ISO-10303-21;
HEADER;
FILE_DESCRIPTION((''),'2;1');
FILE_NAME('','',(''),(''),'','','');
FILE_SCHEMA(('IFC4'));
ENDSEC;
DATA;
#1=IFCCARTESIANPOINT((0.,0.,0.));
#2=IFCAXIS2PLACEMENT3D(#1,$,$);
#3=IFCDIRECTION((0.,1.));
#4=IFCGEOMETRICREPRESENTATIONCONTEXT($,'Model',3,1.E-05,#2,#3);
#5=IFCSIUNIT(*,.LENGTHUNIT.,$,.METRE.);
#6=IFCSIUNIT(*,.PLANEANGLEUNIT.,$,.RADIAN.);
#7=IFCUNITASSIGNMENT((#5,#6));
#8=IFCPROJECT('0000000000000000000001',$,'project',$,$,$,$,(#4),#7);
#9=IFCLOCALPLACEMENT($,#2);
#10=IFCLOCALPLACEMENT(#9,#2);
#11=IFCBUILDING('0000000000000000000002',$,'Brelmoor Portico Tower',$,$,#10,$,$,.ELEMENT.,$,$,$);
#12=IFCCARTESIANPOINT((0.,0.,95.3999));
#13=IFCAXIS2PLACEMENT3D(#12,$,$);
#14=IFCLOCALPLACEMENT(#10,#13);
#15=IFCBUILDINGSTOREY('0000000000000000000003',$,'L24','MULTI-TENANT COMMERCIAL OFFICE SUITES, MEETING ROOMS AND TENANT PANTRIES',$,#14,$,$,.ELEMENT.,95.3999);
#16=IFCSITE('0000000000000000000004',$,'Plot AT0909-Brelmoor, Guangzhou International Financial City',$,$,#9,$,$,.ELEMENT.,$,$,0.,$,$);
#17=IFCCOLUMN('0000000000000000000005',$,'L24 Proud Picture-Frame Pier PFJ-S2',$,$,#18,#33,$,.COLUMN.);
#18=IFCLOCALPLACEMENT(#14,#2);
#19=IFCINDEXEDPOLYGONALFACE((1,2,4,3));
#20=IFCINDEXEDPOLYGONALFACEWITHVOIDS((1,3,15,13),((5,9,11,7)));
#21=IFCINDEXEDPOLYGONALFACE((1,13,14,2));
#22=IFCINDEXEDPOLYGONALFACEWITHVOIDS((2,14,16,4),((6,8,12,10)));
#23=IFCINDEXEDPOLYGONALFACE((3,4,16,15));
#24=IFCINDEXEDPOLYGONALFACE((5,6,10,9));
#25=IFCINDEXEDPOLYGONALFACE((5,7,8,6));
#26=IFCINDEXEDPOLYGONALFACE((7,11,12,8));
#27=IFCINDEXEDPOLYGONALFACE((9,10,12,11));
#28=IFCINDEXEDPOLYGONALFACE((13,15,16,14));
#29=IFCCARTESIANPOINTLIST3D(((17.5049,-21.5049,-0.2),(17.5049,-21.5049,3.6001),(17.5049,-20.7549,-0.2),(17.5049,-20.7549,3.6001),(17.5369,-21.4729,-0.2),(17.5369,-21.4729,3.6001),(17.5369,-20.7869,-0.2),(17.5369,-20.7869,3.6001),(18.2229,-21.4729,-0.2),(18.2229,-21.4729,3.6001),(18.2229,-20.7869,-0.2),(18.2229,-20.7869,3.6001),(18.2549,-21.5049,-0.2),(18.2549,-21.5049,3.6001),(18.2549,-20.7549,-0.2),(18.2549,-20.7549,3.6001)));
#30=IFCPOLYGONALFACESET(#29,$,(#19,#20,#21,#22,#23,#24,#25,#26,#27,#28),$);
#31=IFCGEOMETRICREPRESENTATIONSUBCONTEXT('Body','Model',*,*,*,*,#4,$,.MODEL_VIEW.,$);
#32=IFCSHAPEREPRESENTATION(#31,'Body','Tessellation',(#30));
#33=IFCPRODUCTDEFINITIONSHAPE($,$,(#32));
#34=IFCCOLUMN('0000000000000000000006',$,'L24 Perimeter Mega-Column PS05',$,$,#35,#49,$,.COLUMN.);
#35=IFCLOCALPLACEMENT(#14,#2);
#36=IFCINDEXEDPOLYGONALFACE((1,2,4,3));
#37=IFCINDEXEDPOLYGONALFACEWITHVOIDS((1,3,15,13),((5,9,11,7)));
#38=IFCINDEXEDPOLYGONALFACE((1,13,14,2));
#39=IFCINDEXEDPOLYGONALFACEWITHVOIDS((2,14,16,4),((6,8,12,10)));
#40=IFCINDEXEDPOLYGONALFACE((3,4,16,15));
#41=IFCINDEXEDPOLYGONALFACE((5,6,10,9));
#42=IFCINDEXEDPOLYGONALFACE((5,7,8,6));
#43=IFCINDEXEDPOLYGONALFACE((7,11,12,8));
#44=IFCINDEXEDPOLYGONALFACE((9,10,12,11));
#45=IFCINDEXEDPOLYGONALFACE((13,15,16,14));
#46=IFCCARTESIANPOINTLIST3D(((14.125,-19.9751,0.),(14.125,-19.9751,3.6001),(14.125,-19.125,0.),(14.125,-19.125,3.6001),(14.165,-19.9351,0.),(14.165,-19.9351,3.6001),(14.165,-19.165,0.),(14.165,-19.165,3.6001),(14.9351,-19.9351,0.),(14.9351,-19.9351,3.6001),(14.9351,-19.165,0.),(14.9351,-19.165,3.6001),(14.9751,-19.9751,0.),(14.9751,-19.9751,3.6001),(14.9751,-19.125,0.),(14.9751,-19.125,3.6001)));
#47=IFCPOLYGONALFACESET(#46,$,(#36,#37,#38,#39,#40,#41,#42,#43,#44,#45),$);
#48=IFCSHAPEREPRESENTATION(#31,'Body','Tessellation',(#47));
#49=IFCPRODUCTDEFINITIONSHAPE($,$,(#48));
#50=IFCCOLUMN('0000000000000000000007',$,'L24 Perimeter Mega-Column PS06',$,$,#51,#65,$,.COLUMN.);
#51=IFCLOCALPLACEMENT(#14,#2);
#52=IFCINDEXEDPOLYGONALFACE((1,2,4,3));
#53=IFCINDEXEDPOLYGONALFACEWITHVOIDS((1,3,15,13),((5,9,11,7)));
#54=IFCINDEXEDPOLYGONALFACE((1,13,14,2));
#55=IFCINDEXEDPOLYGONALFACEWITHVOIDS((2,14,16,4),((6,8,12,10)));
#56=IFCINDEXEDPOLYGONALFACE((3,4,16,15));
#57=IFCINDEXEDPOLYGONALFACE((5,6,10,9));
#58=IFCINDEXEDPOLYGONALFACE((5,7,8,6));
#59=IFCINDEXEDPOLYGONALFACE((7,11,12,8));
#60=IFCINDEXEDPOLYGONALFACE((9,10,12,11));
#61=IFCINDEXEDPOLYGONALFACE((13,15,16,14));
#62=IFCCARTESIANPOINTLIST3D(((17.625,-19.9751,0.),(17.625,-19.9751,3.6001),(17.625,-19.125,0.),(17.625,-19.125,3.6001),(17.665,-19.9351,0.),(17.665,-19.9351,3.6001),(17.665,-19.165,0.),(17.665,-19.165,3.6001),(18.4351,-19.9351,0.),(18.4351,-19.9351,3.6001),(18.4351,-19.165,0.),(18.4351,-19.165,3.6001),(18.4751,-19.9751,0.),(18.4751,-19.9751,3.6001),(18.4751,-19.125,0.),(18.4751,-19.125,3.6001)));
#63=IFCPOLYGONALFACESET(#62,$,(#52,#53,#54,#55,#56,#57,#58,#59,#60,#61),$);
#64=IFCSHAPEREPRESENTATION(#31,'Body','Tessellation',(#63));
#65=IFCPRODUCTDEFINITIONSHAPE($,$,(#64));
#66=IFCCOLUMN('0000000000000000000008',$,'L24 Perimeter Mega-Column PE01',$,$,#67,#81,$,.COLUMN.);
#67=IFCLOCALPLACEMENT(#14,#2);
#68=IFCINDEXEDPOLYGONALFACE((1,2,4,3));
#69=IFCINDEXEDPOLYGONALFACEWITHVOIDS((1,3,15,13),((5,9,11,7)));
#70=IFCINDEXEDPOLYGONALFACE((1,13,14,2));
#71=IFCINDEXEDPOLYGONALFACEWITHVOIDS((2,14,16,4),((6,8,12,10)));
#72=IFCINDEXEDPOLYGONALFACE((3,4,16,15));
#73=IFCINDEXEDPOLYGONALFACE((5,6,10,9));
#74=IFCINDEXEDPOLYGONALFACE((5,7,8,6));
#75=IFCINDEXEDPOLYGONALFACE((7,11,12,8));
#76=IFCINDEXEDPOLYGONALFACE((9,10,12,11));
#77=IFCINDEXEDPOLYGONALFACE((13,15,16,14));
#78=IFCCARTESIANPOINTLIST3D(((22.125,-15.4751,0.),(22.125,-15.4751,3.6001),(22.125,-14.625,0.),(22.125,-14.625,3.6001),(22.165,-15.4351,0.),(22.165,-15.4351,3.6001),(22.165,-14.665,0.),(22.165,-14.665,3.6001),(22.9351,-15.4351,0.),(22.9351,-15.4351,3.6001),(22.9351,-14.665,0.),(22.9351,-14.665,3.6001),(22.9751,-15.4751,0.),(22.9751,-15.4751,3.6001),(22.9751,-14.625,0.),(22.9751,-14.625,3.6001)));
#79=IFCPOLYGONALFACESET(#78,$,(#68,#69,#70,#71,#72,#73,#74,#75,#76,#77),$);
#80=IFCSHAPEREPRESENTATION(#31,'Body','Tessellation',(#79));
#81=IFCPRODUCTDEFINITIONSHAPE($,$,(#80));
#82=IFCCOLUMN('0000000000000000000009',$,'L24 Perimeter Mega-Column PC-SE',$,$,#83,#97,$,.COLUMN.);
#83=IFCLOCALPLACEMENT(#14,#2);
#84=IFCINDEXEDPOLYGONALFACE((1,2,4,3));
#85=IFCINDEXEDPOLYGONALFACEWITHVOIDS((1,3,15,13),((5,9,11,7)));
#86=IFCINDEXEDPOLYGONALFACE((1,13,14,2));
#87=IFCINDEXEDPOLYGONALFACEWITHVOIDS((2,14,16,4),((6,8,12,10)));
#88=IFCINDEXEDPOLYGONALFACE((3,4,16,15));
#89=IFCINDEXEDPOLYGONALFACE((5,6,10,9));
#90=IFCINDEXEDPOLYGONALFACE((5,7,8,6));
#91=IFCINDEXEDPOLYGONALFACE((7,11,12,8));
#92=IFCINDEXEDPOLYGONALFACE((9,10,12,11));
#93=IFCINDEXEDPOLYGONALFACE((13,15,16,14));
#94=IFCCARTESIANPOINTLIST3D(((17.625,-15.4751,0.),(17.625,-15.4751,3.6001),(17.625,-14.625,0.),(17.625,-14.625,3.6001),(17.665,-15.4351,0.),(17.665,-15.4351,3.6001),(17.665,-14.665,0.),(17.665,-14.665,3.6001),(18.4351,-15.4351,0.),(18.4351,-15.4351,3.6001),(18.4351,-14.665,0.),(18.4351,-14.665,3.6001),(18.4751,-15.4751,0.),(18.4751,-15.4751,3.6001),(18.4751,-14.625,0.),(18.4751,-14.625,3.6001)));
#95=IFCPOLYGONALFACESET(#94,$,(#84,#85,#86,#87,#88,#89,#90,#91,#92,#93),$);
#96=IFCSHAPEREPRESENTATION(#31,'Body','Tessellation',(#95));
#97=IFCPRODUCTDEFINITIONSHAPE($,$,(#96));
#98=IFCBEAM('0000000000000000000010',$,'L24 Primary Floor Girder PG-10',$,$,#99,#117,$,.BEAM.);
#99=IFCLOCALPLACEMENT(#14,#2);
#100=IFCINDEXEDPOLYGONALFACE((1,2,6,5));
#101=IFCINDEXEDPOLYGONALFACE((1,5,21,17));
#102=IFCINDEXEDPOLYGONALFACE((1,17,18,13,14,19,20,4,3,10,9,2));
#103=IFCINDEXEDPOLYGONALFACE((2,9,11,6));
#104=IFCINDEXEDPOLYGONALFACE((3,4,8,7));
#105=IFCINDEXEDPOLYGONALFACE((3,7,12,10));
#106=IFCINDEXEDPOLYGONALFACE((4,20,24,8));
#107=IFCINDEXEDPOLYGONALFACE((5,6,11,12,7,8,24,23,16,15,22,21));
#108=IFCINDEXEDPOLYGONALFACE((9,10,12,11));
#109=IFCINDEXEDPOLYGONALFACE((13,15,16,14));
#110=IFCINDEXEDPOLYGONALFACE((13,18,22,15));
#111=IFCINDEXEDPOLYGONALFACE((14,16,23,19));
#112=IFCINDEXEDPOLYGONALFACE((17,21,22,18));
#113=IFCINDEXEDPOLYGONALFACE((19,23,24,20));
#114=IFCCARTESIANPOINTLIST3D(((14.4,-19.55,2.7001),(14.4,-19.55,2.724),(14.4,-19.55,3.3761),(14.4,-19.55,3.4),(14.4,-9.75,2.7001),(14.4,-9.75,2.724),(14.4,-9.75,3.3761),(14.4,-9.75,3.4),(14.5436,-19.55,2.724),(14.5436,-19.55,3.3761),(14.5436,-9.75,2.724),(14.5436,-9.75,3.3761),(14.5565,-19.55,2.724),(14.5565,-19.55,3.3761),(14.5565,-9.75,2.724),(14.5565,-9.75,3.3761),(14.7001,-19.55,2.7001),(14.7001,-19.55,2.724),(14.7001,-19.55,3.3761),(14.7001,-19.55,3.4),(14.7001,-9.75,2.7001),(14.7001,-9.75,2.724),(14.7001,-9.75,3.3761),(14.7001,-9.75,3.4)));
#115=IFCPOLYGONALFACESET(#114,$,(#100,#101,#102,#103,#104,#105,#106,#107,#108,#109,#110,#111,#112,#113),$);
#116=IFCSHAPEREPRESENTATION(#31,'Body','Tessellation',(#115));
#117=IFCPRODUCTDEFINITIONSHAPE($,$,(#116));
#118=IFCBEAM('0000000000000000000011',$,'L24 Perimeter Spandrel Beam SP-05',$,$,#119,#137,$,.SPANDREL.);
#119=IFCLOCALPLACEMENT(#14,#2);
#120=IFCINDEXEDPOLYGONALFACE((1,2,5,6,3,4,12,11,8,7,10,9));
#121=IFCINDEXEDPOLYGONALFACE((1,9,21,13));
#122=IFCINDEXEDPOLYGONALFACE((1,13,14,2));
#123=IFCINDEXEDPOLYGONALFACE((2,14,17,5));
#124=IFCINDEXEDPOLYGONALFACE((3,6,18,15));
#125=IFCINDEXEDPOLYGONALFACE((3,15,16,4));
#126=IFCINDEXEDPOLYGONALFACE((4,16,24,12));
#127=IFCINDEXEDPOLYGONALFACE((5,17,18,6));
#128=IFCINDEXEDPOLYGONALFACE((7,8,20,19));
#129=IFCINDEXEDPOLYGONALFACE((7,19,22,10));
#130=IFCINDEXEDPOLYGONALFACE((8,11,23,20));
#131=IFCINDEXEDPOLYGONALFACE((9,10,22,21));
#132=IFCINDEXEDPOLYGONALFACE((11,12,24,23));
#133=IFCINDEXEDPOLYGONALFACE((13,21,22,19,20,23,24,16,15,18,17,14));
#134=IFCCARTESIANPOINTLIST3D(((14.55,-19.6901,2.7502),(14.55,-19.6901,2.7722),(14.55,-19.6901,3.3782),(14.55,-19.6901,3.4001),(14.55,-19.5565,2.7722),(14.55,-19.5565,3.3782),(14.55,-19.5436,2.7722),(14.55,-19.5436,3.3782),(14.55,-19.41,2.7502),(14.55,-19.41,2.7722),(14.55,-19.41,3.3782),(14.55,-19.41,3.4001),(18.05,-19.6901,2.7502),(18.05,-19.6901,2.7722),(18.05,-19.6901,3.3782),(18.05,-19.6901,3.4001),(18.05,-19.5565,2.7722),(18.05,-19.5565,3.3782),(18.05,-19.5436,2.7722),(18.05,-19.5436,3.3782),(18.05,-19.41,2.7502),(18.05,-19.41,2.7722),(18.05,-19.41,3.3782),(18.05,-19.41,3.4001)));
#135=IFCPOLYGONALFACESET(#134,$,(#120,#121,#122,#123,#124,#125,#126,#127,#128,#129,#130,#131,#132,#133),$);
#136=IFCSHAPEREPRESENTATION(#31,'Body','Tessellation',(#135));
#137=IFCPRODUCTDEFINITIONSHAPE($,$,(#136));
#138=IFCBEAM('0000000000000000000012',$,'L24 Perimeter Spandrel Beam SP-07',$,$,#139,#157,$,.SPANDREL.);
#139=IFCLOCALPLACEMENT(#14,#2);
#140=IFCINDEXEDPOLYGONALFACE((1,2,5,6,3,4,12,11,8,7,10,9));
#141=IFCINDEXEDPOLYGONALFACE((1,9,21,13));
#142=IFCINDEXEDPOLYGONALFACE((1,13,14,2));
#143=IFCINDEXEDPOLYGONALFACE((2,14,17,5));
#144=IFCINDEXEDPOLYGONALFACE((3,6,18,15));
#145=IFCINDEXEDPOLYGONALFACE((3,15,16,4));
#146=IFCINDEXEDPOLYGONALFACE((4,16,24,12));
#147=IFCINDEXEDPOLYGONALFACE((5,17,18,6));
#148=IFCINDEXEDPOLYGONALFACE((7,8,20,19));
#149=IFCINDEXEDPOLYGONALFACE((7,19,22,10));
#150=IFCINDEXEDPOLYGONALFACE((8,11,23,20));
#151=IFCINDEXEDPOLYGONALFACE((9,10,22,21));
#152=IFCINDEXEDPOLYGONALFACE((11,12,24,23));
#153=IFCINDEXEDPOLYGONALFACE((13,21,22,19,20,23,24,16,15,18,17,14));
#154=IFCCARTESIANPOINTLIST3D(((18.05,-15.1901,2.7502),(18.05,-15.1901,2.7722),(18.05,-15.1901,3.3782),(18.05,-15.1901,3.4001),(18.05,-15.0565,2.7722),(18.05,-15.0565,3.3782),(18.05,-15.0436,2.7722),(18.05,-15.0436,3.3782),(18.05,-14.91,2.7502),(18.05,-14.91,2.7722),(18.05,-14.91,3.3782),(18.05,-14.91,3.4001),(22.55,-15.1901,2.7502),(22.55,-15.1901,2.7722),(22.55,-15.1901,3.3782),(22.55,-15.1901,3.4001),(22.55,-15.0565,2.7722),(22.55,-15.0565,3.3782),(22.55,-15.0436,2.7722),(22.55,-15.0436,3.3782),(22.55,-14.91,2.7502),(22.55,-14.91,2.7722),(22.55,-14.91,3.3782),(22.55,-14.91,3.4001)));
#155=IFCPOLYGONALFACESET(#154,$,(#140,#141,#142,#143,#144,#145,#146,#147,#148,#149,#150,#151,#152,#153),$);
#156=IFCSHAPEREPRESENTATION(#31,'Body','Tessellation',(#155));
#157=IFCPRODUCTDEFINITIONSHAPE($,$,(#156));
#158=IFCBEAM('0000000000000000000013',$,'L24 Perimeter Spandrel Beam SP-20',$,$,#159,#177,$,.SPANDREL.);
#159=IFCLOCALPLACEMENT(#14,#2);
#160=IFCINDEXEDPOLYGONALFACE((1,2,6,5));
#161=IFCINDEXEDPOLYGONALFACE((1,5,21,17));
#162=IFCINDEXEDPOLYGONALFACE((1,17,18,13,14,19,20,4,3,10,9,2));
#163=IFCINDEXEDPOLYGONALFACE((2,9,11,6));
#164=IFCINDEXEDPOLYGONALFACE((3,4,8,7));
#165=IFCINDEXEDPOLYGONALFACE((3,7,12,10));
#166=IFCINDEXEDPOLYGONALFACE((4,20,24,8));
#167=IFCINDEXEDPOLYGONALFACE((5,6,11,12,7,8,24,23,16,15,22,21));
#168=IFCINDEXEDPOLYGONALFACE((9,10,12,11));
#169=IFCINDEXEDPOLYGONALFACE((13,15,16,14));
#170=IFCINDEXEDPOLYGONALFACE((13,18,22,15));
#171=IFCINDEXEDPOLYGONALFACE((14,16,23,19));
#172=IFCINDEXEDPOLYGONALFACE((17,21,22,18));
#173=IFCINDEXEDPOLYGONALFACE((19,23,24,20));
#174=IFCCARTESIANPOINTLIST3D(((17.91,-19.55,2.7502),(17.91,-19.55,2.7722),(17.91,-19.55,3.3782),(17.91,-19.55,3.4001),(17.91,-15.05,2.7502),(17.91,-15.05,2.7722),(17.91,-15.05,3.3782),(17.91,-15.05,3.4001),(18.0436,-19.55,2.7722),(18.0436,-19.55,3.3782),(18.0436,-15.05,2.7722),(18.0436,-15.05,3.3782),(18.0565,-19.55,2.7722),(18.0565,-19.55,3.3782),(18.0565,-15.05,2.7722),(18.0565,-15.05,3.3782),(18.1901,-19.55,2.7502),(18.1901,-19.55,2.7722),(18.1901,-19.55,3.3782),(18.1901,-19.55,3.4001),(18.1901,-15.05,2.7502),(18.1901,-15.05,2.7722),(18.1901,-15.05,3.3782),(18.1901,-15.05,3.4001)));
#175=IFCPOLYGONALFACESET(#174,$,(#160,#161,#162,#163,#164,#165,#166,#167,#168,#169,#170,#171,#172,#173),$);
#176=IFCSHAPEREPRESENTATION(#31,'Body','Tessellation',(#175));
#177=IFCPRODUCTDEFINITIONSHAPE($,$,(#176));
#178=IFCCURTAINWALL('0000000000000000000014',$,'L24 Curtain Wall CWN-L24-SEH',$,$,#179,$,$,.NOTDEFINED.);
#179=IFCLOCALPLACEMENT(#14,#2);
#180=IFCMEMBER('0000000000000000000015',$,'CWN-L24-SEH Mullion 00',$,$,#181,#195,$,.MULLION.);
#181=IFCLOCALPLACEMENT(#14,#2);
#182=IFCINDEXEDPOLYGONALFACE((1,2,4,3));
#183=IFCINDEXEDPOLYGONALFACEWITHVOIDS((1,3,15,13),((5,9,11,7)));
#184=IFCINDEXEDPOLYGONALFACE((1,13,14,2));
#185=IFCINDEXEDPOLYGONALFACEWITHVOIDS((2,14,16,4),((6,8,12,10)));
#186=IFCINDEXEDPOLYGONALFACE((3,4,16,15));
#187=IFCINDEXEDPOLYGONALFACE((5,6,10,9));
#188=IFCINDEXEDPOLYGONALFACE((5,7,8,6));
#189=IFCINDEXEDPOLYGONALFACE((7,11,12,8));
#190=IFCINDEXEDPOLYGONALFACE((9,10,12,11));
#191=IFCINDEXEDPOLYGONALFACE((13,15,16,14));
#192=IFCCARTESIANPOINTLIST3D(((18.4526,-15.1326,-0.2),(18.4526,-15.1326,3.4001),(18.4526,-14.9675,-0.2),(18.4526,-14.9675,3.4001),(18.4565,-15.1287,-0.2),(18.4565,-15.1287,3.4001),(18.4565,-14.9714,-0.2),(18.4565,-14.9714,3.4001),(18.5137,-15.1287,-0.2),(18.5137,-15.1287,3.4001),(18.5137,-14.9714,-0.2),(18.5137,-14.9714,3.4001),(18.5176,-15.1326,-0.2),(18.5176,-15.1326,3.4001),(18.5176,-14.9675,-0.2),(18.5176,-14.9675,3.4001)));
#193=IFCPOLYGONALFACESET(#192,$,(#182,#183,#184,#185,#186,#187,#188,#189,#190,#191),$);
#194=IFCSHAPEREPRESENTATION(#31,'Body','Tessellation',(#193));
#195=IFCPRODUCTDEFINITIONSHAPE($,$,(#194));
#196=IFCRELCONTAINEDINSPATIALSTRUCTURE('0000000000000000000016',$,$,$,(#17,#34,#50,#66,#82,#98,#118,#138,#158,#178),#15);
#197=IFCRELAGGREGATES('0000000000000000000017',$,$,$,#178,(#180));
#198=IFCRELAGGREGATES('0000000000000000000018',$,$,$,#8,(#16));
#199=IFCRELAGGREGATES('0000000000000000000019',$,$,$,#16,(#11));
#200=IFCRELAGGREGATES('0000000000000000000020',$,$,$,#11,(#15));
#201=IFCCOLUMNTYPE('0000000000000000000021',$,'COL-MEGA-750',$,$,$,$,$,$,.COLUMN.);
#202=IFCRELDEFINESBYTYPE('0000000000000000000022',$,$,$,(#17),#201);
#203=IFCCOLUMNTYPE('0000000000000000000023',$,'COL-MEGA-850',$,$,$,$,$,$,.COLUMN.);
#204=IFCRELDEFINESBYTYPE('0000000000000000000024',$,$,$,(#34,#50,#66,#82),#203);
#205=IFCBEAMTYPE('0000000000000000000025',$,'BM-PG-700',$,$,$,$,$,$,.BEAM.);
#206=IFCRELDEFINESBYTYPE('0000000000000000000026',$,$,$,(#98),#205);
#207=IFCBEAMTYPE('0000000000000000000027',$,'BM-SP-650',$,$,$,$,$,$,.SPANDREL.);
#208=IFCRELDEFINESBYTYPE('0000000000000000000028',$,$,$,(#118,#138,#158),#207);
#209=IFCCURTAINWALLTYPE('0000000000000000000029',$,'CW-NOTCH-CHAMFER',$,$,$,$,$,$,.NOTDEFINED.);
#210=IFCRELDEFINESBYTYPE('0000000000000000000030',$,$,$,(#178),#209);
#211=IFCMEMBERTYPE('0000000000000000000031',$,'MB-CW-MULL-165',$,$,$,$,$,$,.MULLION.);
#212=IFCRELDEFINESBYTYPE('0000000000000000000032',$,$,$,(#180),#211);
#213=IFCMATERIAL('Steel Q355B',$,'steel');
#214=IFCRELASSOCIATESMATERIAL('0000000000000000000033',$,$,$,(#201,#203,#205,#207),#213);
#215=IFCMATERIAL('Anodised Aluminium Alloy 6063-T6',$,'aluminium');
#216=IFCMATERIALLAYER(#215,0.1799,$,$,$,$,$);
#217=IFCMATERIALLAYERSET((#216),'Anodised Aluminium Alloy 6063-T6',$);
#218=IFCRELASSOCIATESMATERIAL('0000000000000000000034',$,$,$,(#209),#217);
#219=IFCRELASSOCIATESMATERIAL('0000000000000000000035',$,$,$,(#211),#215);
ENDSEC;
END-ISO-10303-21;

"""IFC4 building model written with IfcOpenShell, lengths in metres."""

from ifc_helpers import new_model, si_unit, direction, frame, origin, origin_2d, place, context, subcontext, project, spatial, hollow_rectangle, i_section, extrude, material, layer, layer_set, material_profile, profile_set, type_object, element, aggregate, save


model = new_model("IFC4")

# Units and contexts
model_context = context("Model", 3, precision=1e-05, world=origin(), true_north=direction((0.0, 1.0)))
body_context = subcontext(model_context, "Body", "Model", "MODEL_VIEW")
ifc_project = project(units=[si_unit("LENGTHUNIT", "METRE"), si_unit("PLANEANGLEUNIT", "RADIAN")], contexts=[model_context])

# Site, building, storey
site_placement = place(None, origin())
site = spatial("IfcSite", under=ifc_project, at=site_placement, Name="Plot AT0909-Brelmoor, Guangzhou International Financial City", CompositionType="ELEMENT", RefElevation=0.0)
building_placement = place(site_placement, origin())
building = spatial("IfcBuilding", under=site, at=building_placement, Name="Brelmoor Portico Tower", CompositionType="ELEMENT")
storey_placement = place(building_placement, frame((0.0, 0.0, 95.3999)))
storey = spatial("IfcBuildingStorey", under=building, at=storey_placement, Name="L24", Description="MULTI-TENANT COMMERCIAL OFFICE SUITES, MEETING ROOMS AND TENANT PANTRIES", CompositionType="ELEMENT", Elevation=95.3999)

# Columns
ifc_material_1 = material(Name="Steel Q355B", Category="steel")
ifc_material_profile_1 = material_profile(ifc_material_1, hollow_rectangle(XDim=0.75, YDim=0.75, WallThickness=0.032, at=origin_2d()), Name="BOX 750x750x32")
ifc_profile_set_1 = profile_set([ifc_material_profile_1], Name="Steel Q355B")
column_type_1 = type_object("IfcColumnType", Name="COL-MEGA-750", PredefinedType="COLUMN", material=ifc_profile_set_1)
column_placement = place(storey_placement, frame((17.8799, -21.1299, -0.2), z_axis=(0.0, 0.0, 1.0), x_axis=(1.0, 0.0, 0.0)))
element("IfcColumn", 1, at=column_placement, inside=storey, type_object=column_type_1, Name="L24 Proud Picture-Frame Pier PFJ-S2", PredefinedType="COLUMN", context=body_context, shape_type="SweptSolid", body=[
    extrude(hollow_rectangle(XDim=0.75, YDim=0.75, WallThickness=0.032, at=origin_2d()), origin(), (0.0, 0.0, 1.0), 3.8),
])
ifc_material_profile_2 = material_profile(ifc_material_1, hollow_rectangle(XDim=0.8501, YDim=0.8501, WallThickness=0.04, at=origin_2d()), Name="BOX 850x850x40")
ifc_profile_set_2 = profile_set([ifc_material_profile_2], Name="Steel Q355B")
column_type_2 = type_object("IfcColumnType", Name="COL-MEGA-850", PredefinedType="COLUMN", material=ifc_profile_set_2)
for number, where, z_axis, x_axis, name in (
    (2, (14.55, -19.55, 0.0), (0.0, 0.0, 1.0), (1.0, 0.0, 0.0), "L24 Perimeter Mega-Column PS05"),
    (3, (18.05, -19.55, 0.0), (0.0, 0.0, 1.0), (1.0, 0.0, 0.0), "L24 Perimeter Mega-Column PS06"),
    (4, (22.55, -15.05, 0.0), (0.0, 0.0, 1.0), (0.0, 1.0, 0.0), "L24 Perimeter Mega-Column PE01"),
    (5, (18.05, -15.05, 0.0), (0.0, 0.0, 1.0), (1.0, 0.0, 0.0), "L24 Perimeter Mega-Column PC-SE"),
):
    element("IfcColumn", number, at=place(storey_placement, frame(where, z_axis=z_axis, x_axis=x_axis)), inside=storey, type_object=column_type_2, Name=name, PredefinedType="COLUMN", context=body_context, shape_type="SweptSolid", body=[
        extrude(hollow_rectangle(XDim=0.8501, YDim=0.8501, WallThickness=0.04, at=origin_2d()), origin(), (0.0, 0.0, 1.0), 3.6001),
    ])

# Beams
ifc_material_profile_3 = material_profile(ifc_material_1, i_section(OverallWidth=0.3, OverallDepth=0.7, WebThickness=0.0129, FlangeThickness=0.0239, at=origin_2d()), Name="HN 700x300x13x24")
ifc_profile_set_3 = profile_set([ifc_material_profile_3], Name="Steel Q355B")
beam_type_1 = type_object("IfcBeamType", Name="BM-PG-700", PredefinedType="BEAM", material=ifc_profile_set_3)
beam_1_placement = place(storey_placement, frame((14.55, -19.55, 3.05), z_axis=(0.0, 1.0, 0.0), x_axis=(-1.0, 0.0, 0.0)))
element("IfcBeam", 6, at=beam_1_placement, inside=storey, type_object=beam_type_1, Name="L24 Primary Floor Girder PG-10", PredefinedType="BEAM", context=body_context, shape_type="SweptSolid", body=[
    extrude(i_section(OverallWidth=0.3, OverallDepth=0.7, WebThickness=0.0129, FlangeThickness=0.0239, at=origin_2d()), origin(), (0.0, 0.0, 1.0), 9.8),
])
ifc_material_profile_4 = material_profile(ifc_material_1, i_section(OverallWidth=0.28, OverallDepth=0.6499, WebThickness=0.0129, FlangeThickness=0.022, at=origin_2d()), Name="HN 650x280x13x22")
ifc_profile_set_4 = profile_set([ifc_material_profile_4], Name="Steel Q355B")
beam_type_2 = type_object("IfcBeamType", Name="BM-SP-650", PredefinedType="SPANDREL", material=ifc_profile_set_4)
beam_2_placement = place(storey_placement, frame((14.55, -19.55, 3.0752), z_axis=(1.0, 0.0, 0.0), x_axis=(0.0, 1.0, 0.0)))
element("IfcBeam", 7, at=beam_2_placement, inside=storey, type_object=beam_type_2, Name="L24 Perimeter Spandrel Beam SP-05", PredefinedType="SPANDREL", context=body_context, shape_type="SweptSolid", body=[
    extrude(i_section(OverallWidth=0.28, OverallDepth=0.6499, WebThickness=0.0129, FlangeThickness=0.022, at=origin_2d()), origin(), (0.0, 0.0, 1.0), 3.5),
])
for number, where, z_axis, x_axis, name in (
    (8, (18.05, -15.05, 3.0752), (1.0, 0.0, 0.0), (0.0, 1.0, 0.0), "L24 Perimeter Spandrel Beam SP-07"),
    (9, (18.05, -19.55, 3.0752), (0.0, 1.0, 0.0), (-1.0, 0.0, 0.0), "L24 Perimeter Spandrel Beam SP-20"),
):
    element("IfcBeam", number, at=place(storey_placement, frame(where, z_axis=z_axis, x_axis=x_axis)), inside=storey, type_object=beam_type_2, Name=name, PredefinedType="SPANDREL", context=body_context, shape_type="SweptSolid", body=[
        extrude(i_section(OverallWidth=0.28, OverallDepth=0.6499, WebThickness=0.0129, FlangeThickness=0.022, at=origin_2d()), origin(), (0.0, 0.0, 1.0), 4.5),
    ])

# Curtain wall, member
ifc_material_2 = material(Name="Anodised Aluminium Alloy 6063-T6", Category="aluminium")
ifc_layer_1 = layer(ifc_material_2, 0.1799)
ifc_layer_set_1 = layer_set([ifc_layer_1], Name="Anodised Aluminium Alloy 6063-T6")
curtain_wall_type = type_object("IfcCurtainWallType", Name="CW-NOTCH-CHAMFER", PredefinedType="NOTDEFINED", material=ifc_layer_set_1)
curtain_wall_1_placement = place(storey_placement, origin())
curtain_wall_1 = element("IfcCurtainWall", 10, at=curtain_wall_1_placement, inside=storey, type_object=curtain_wall_type, Name="L24 Curtain Wall CWN-L24-SEH", PredefinedType="NOTDEFINED")
ifc_material_profile_5 = material_profile(ifc_material_2, hollow_rectangle(XDim=0.0649, YDim=0.165, WallThickness=0.0039, at=origin_2d()), Name="ALU MULLION 65x165")
ifc_profile_set_5 = profile_set([ifc_material_profile_5], Name="Anodised Aluminium Alloy 6063-T6")
member_type_1 = type_object("IfcMemberType", Name="MB-CW-MULL-165", PredefinedType="MULLION", material=ifc_profile_set_5)
member_1_placement = place(storey_placement, frame((18.4851, -15.05, -0.2), z_axis=(0.0, 0.0, 1.0), x_axis=(1.0, 0.0, 0.0)))
member_1 = element("IfcMember", 11, at=member_1_placement, type_object=member_type_1, Name="CWN-L24-SEH Mullion 00", PredefinedType="MULLION", context=body_context, shape_type="SweptSolid", body=[
    extrude(hollow_rectangle(XDim=0.0649, YDim=0.165, WallThickness=0.0039, at=origin_2d()), origin(), (0.0, 0.0, 1.0), 3.6001),
])

aggregate(curtain_wall_1, [member_1])

save(model, "model.ifc")
